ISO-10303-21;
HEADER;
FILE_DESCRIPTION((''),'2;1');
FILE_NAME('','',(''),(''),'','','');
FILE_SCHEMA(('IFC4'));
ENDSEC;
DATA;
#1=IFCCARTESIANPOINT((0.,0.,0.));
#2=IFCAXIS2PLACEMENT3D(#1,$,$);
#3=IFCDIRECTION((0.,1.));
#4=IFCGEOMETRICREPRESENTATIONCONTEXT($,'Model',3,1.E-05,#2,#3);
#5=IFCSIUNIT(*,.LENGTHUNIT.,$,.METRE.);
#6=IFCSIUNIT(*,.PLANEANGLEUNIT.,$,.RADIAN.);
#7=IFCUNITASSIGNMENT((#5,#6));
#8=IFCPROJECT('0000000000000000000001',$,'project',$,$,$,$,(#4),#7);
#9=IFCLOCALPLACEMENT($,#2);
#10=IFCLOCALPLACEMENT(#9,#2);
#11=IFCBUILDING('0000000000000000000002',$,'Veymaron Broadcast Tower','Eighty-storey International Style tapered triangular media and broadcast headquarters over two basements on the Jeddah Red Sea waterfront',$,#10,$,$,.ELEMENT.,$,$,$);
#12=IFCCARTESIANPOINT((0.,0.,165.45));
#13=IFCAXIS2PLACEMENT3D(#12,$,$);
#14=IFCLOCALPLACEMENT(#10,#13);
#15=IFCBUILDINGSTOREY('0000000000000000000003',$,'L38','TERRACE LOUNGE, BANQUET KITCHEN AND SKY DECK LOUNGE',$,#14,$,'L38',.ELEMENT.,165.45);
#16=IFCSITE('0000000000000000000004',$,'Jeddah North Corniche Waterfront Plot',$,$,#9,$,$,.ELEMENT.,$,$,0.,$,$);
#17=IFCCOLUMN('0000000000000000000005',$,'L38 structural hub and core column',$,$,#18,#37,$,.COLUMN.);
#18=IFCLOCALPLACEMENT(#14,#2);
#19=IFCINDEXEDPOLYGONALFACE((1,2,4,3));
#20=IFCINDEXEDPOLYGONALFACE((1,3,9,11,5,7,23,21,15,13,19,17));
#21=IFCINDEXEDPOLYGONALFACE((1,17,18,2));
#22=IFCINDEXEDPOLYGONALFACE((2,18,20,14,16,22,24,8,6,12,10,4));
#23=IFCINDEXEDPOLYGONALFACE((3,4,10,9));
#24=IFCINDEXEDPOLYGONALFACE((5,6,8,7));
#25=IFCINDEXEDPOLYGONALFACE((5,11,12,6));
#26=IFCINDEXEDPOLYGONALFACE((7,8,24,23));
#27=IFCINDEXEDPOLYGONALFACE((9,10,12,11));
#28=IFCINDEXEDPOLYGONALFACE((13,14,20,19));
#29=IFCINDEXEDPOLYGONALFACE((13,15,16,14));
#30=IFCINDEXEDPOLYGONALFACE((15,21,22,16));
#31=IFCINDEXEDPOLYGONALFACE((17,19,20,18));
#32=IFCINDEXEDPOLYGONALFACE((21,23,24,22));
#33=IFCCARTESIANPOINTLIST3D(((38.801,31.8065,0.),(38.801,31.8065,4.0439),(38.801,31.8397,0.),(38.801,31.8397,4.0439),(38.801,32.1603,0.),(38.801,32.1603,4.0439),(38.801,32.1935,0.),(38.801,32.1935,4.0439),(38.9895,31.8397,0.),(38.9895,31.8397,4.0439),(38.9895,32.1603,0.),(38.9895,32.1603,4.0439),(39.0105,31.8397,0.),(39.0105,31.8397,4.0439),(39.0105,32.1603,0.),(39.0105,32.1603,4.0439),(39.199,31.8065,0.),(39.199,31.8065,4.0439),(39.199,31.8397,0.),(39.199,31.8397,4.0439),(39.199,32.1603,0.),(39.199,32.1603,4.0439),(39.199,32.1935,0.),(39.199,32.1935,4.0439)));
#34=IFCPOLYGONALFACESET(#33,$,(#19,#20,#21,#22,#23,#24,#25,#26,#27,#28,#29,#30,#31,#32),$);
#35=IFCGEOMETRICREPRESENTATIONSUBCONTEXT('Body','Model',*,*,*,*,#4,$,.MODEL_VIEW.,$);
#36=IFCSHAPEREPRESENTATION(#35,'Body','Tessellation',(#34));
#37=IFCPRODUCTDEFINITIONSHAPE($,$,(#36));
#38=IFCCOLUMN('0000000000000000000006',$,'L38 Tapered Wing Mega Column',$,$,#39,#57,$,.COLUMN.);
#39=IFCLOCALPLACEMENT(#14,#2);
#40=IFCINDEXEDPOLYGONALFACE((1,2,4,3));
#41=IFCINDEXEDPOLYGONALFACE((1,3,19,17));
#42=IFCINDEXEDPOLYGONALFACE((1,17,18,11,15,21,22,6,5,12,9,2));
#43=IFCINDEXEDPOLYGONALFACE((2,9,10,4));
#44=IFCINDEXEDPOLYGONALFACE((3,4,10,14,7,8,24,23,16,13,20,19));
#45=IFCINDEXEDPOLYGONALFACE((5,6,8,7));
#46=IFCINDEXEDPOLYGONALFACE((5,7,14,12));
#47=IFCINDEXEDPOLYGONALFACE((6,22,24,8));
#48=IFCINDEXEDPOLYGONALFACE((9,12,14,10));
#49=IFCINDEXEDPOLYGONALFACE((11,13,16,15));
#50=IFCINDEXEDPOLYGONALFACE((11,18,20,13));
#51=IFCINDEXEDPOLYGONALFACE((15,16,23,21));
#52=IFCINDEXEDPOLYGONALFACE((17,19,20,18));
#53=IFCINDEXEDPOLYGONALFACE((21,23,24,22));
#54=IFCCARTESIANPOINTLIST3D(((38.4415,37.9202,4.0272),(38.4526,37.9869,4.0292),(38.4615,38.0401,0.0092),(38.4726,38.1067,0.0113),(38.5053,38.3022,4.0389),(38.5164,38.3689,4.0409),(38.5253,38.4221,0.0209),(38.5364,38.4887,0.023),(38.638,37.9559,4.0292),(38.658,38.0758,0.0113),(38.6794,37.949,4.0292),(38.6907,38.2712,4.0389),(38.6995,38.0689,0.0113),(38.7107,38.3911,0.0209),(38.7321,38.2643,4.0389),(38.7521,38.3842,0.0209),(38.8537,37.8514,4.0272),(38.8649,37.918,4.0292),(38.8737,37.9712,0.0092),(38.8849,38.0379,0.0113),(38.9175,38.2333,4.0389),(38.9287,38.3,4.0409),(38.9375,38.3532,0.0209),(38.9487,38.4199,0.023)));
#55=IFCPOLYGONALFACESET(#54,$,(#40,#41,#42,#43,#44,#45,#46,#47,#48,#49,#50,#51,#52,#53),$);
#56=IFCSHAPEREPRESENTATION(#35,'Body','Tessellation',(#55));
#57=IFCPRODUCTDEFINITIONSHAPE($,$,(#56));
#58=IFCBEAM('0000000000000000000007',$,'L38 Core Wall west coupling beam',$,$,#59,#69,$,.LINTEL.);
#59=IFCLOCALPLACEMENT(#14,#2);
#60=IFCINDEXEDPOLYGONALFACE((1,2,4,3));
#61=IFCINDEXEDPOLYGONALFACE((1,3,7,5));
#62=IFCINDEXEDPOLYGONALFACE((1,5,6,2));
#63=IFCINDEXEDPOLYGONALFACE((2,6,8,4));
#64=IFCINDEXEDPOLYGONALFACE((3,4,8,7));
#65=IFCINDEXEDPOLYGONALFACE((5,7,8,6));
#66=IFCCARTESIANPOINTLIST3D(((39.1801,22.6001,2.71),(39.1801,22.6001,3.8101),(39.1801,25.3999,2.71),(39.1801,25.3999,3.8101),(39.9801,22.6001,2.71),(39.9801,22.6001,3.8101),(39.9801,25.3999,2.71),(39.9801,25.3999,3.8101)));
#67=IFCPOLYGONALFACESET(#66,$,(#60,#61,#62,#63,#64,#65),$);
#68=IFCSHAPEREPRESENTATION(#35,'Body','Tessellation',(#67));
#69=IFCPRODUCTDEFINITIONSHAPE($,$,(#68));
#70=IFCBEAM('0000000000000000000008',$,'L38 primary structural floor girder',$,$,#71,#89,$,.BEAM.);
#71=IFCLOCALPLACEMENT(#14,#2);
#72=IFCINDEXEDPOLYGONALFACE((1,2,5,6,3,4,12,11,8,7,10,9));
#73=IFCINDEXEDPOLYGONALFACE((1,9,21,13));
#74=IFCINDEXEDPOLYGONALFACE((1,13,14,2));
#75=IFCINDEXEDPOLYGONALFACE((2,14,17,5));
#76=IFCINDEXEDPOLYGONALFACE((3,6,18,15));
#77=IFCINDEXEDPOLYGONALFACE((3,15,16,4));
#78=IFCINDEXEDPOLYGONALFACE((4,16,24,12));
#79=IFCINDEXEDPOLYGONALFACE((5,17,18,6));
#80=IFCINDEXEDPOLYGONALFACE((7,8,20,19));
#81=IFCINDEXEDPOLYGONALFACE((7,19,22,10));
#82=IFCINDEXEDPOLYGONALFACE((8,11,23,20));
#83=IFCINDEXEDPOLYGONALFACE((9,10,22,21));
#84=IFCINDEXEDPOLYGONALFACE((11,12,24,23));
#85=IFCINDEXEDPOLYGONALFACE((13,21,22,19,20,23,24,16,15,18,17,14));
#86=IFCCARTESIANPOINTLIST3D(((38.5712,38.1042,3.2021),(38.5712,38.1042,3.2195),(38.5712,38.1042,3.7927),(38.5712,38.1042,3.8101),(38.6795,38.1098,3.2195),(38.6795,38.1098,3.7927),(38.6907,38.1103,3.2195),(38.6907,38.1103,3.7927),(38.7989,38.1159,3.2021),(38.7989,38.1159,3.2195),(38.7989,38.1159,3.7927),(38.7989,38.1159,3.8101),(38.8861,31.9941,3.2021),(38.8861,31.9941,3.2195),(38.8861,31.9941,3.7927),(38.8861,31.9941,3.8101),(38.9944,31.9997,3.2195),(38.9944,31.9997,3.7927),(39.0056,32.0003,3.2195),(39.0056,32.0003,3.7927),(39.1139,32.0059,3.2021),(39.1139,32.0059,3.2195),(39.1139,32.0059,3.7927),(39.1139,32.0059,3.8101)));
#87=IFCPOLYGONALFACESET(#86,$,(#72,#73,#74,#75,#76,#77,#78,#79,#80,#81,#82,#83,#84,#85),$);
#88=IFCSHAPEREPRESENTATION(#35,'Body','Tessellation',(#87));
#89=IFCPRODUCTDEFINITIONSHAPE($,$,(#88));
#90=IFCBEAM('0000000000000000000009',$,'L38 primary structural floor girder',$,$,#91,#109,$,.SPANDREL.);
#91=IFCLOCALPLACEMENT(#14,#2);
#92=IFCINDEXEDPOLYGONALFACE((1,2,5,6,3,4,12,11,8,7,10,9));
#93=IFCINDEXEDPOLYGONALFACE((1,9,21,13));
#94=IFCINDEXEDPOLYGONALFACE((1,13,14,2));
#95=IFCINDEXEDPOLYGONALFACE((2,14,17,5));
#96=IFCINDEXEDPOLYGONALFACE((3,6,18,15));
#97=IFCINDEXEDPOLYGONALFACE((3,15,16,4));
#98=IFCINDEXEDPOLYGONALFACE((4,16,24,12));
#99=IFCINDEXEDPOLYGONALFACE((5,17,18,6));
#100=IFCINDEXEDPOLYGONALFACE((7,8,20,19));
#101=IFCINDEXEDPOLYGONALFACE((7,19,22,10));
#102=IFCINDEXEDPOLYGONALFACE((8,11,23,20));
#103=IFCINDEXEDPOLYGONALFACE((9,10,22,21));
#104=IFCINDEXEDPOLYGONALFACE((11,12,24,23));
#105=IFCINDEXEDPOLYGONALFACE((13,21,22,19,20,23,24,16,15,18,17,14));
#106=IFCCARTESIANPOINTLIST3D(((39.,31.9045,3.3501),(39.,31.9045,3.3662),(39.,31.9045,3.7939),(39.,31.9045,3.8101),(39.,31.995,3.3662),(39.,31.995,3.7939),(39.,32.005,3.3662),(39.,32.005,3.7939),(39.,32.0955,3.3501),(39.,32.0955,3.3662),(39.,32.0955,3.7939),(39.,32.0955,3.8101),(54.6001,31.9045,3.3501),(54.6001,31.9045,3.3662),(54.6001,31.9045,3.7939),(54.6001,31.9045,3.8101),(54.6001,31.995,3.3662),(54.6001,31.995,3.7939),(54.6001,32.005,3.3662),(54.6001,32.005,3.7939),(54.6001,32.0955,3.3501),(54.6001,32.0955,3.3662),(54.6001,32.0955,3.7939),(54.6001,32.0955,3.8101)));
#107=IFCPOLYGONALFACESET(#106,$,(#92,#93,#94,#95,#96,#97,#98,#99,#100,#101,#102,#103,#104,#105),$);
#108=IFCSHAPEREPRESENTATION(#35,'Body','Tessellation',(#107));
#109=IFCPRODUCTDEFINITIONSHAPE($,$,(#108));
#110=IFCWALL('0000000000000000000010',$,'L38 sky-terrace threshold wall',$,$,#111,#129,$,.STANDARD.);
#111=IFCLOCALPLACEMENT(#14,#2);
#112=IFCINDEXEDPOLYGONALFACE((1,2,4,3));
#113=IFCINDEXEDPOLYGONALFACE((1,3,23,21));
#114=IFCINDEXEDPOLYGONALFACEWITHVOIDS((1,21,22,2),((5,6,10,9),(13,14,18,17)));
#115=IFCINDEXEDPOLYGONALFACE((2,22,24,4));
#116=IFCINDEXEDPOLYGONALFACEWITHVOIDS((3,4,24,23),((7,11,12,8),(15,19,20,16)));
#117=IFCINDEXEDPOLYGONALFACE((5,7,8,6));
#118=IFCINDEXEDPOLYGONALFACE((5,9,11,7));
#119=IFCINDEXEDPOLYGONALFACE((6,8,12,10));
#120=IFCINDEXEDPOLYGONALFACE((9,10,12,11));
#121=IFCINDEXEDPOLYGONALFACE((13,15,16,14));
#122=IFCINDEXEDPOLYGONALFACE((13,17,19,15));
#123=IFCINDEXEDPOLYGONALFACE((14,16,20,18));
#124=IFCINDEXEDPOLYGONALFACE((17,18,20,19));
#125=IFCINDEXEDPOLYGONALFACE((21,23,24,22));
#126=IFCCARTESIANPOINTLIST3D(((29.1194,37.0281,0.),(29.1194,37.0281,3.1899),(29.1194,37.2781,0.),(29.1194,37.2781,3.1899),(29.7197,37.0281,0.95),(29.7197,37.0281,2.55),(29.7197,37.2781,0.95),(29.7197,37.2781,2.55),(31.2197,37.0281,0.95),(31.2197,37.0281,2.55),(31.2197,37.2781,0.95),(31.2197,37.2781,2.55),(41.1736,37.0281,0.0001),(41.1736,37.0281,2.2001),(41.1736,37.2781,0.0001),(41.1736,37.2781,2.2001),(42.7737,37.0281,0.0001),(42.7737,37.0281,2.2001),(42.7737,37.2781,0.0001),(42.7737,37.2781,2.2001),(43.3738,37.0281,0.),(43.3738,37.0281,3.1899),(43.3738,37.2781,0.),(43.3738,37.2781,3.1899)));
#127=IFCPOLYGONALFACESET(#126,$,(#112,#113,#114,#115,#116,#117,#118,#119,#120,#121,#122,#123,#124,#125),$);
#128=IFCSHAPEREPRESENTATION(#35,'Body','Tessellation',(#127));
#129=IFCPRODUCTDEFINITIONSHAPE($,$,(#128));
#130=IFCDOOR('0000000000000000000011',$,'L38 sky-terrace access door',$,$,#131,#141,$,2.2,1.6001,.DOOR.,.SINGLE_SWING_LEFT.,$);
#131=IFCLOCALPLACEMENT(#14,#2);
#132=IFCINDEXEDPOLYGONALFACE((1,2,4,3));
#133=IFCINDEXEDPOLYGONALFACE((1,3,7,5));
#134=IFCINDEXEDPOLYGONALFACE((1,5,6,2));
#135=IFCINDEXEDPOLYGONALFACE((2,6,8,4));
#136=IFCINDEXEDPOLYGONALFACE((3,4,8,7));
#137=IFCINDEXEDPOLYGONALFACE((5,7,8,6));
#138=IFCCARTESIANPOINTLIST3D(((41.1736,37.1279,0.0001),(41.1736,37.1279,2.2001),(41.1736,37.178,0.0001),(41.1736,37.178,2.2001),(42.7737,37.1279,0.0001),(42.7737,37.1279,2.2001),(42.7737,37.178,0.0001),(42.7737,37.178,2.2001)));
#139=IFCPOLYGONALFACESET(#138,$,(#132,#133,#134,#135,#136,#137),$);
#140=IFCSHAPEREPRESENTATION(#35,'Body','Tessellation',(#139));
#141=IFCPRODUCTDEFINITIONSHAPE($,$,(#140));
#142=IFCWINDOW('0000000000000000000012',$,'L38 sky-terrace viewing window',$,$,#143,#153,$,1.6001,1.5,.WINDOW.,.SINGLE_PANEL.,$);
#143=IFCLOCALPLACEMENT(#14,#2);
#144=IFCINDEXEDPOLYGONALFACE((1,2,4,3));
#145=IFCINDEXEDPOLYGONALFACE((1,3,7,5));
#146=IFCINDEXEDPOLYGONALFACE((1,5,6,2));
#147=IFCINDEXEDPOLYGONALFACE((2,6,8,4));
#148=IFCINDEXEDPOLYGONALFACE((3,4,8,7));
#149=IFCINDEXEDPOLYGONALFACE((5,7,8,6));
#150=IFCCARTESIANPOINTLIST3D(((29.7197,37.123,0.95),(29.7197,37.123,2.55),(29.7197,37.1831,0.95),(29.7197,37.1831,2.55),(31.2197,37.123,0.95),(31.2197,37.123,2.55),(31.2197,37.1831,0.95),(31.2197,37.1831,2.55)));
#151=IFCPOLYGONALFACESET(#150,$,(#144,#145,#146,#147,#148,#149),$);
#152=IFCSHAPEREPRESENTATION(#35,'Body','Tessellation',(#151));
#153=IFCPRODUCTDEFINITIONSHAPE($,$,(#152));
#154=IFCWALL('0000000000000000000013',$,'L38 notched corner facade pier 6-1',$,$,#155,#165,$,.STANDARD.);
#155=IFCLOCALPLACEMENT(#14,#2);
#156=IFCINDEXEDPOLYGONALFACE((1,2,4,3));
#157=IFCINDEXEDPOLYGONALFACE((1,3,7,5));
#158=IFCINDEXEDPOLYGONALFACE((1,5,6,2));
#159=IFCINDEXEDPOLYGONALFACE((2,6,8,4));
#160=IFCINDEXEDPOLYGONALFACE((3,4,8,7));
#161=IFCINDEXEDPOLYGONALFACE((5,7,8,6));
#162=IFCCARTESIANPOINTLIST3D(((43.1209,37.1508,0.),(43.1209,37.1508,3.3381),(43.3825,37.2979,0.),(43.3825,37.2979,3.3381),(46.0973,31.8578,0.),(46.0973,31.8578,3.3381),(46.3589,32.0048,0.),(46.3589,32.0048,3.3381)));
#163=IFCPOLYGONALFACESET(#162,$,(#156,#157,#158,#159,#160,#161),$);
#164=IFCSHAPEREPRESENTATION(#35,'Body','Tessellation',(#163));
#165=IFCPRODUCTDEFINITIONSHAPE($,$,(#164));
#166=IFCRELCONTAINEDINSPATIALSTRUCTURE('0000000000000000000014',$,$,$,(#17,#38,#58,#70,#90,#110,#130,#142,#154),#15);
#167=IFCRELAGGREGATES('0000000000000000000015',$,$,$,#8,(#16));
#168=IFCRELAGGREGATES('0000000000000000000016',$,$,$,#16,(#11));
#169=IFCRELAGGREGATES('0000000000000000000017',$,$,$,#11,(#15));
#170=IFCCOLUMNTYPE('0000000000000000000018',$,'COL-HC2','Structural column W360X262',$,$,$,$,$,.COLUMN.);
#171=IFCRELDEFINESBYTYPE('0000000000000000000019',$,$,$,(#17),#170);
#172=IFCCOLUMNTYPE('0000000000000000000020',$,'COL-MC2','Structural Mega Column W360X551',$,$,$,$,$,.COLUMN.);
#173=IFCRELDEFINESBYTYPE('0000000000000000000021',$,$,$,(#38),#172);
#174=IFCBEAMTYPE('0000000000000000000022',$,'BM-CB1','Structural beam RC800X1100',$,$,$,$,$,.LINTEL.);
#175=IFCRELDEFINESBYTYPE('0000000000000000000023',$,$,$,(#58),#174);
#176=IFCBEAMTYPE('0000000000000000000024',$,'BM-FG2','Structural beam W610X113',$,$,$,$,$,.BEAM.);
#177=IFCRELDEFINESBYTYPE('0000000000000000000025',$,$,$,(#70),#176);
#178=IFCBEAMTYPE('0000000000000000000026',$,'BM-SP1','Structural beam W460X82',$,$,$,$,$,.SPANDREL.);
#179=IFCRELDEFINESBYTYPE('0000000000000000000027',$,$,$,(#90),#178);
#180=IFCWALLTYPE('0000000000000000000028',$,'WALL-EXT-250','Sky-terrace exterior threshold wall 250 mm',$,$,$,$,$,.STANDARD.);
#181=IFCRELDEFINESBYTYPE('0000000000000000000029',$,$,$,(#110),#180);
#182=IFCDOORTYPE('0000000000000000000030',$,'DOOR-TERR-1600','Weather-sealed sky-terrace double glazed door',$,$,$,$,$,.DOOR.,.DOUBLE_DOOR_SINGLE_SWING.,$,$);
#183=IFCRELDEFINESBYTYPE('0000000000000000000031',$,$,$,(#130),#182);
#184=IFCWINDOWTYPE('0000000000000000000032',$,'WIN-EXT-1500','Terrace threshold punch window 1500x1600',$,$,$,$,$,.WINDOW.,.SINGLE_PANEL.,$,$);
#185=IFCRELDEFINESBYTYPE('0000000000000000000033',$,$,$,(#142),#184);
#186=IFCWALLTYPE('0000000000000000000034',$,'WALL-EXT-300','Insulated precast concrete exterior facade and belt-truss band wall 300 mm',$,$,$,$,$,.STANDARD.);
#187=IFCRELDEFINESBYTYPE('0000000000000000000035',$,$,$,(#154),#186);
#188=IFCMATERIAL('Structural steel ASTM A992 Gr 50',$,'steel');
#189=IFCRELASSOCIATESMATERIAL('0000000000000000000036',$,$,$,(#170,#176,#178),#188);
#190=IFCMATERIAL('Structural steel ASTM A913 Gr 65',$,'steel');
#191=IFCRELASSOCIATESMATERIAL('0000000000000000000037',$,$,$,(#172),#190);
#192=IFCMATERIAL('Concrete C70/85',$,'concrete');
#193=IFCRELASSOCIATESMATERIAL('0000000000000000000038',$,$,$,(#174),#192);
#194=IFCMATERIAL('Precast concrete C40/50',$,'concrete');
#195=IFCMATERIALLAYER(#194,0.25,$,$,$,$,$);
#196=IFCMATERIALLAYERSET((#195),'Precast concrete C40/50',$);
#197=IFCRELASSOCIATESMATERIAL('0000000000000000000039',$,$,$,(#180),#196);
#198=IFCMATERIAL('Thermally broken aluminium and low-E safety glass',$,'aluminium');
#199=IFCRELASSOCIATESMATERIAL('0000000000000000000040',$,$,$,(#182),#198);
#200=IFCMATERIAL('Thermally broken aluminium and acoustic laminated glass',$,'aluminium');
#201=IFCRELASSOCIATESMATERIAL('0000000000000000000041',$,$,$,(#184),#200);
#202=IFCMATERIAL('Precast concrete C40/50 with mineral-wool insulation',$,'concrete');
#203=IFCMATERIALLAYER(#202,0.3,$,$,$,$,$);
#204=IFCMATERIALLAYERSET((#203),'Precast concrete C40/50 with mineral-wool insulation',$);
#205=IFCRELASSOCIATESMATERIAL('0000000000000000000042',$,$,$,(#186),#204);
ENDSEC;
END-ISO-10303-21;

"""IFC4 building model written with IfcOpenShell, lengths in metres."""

from ifc_helpers import new_model, si_unit, direction, frame, frame_2d, origin, origin_2d, place, context, subcontext, project, spatial, rectangle, i_section, extrude, material, layer, layer_set, material_profile, profile_set, type_object, element, fill, save


model = new_model("IFC4")

# Units and contexts
model_context = context("Model", 3, precision=1e-05, world=origin(), true_north=direction((0.0, 1.0)))
body_context = subcontext(model_context, "Body", "Model", "MODEL_VIEW")
ifc_project = project(units=[si_unit("LENGTHUNIT", "METRE"), si_unit("PLANEANGLEUNIT", "RADIAN")], contexts=[model_context])

# Site, building, storey
site_placement = place(None, origin())
site = spatial("IfcSite", under=ifc_project, at=site_placement, Name="Jeddah North Corniche Waterfront Plot", CompositionType="ELEMENT", RefElevation=0.0)
building_placement = place(site_placement, origin())
building = spatial("IfcBuilding", under=site, at=building_placement, Name="Veymaron Broadcast Tower", Description="Eighty-storey International Style tapered triangular media and broadcast headquarters over two basements on the Jeddah Red Sea waterfront", CompositionType="ELEMENT")
storey_placement = place(building_placement, frame((0.0, 0.0, 165.45)))
storey = spatial("IfcBuildingStorey", under=building, at=storey_placement, Name="L38", Description="TERRACE LOUNGE, BANQUET KITCHEN AND SKY DECK LOUNGE", LongName="L38", CompositionType="ELEMENT", Elevation=165.45)

# Columns
ifc_material_1 = material(Name="Structural steel ASTM A992 Gr 50", Category="steel")
ifc_material_profile_1 = material_profile(ifc_material_1, i_section(OverallWidth=0.3979, OverallDepth=0.387, WebThickness=0.021, FlangeThickness=0.0332, at=origin_2d()), Name="W360X262")
ifc_profile_set_1 = profile_set([ifc_material_profile_1], Name="Structural steel ASTM A992 Gr 50")
column_type_1 = type_object("IfcColumnType", Name="COL-HC2", Description="Structural column W360X262", PredefinedType="COLUMN", material=ifc_profile_set_1)
column_1_placement = place(storey_placement, frame((39.0, 32.0, 0.0), z_axis=(0.0, 0.0, 1.0), x_axis=(1.0, 0.0, 0.0)))
element("IfcColumn", 1, at=column_1_placement, inside=storey, type_object=column_type_1, Name="L38 structural hub and core column", PredefinedType="COLUMN", context=body_context, shape_type="SweptSolid", body=[
    extrude(i_section(OverallWidth=0.3979, OverallDepth=0.387, WebThickness=0.021, FlangeThickness=0.0332, at=origin_2d()), origin(), (0.0, 0.0, 1.0), 4.0439),
])
ifc_material_2 = material(Name="Structural steel ASTM A913 Gr 65", Category="steel")
ifc_material_profile_2 = material_profile(ifc_material_2, i_section(OverallWidth=0.418, OverallDepth=0.4551, WebThickness=0.042, FlangeThickness=0.0676, at=origin_2d()), Name="W360X551")
ifc_profile_set_2 = profile_set([ifc_material_profile_2], Name="Structural steel ASTM A913 Gr 65")
column_type_2 = type_object("IfcColumnType", Name="COL-MC2", Description="Structural Mega Column W360X551", PredefinedType="COLUMN", material=ifc_profile_set_2)
column_2_placement = place(storey_placement, frame((38.7051, 38.23, 0.0161), z_axis=(-0.00498, -0.029822, 0.999543), x_axis=(0.98634, -0.164725, 0.0)))
element("IfcColumn", 2, at=column_2_placement, inside=storey, type_object=column_type_2, Name="L38 Tapered Wing Mega Column", PredefinedType="COLUMN", context=body_context, shape_type="SweptSolid", body=[
    extrude(i_section(OverallWidth=0.418, OverallDepth=0.4551, WebThickness=0.042, FlangeThickness=0.0676, at=origin_2d()), origin(), (0.0, 0.0, 1.0), 4.0198),
])

# Beams
ifc_material_3 = material(Name="Concrete C70/85", Category="concrete")
ifc_material_profile_3 = material_profile(ifc_material_3, rectangle(XDim=0.8, YDim=1.1001, at=origin_2d()), Name="RC800X1100")
ifc_profile_set_3 = profile_set([ifc_material_profile_3], Name="Concrete C70/85")
beam_type_1 = type_object("IfcBeamType", Name="BM-CB1", Description="Structural beam RC800X1100", PredefinedType="LINTEL", material=ifc_profile_set_3)
beam_1_placement = place(storey_placement, frame((39.5801, 22.6001, 3.26), z_axis=(0.0, 1.0, 0.0), x_axis=(-1.0, 0.0, 0.0)))
element("IfcBeam", 3, at=beam_1_placement, inside=storey, type_object=beam_type_1, Name="L38 Core Wall west coupling beam", PredefinedType="LINTEL", context=body_context, shape_type="SweptSolid", body=[
    extrude(rectangle(XDim=0.8, YDim=1.1001, at=origin_2d()), origin(), (0.0, 0.0, 1.0), 2.7998),
])
ifc_material_profile_4 = material_profile(ifc_material_1, i_section(OverallWidth=0.228, OverallDepth=0.6079, WebThickness=0.0112, FlangeThickness=0.0173, at=origin_2d()), Name="W610X113")
ifc_profile_set_4 = profile_set([ifc_material_profile_4], Name="Structural steel ASTM A992 Gr 50")
beam_type_2 = type_object("IfcBeamType", Name="BM-FG2", Description="Structural beam W610X113", PredefinedType="BEAM", material=ifc_profile_set_4)
beam_2_placement = place(storey_placement, frame((39.0, 32.0, 3.5061), z_axis=(-0.051476, 0.998674, 0.0), x_axis=(-0.998674, -0.051476, 0.0)))
element("IfcBeam", 4, at=beam_2_placement, inside=storey, type_object=beam_type_2, Name="L38 primary structural floor girder", PredefinedType="BEAM", context=body_context, shape_type="SweptSolid", body=[
    extrude(i_section(OverallWidth=0.228, OverallDepth=0.6079, WebThickness=0.0112, FlangeThickness=0.0173, at=origin_2d()), origin(), (0.0, 0.0, 1.0), 6.1182),
])
ifc_material_profile_5 = material_profile(ifc_material_1, i_section(OverallWidth=0.1909, OverallDepth=0.46, WebThickness=0.01, FlangeThickness=0.0161, at=origin_2d()), Name="W460X82")
ifc_profile_set_5 = profile_set([ifc_material_profile_5], Name="Structural steel ASTM A992 Gr 50")
beam_type_3 = type_object("IfcBeamType", Name="BM-SP1", Description="Structural beam W460X82", PredefinedType="SPANDREL", material=ifc_profile_set_5)
beam_3_placement = place(storey_placement, frame((39.0, 32.0, 3.5801), z_axis=(1.0, 0.0, 0.0), x_axis=(0.0, 1.0, 0.0)))
element("IfcBeam", 5, at=beam_3_placement, inside=storey, type_object=beam_type_3, Name="L38 primary structural floor girder", PredefinedType="SPANDREL", context=body_context, shape_type="SweptSolid", body=[
    extrude(i_section(OverallWidth=0.1909, OverallDepth=0.46, WebThickness=0.01, FlangeThickness=0.0161, at=origin_2d()), origin(), (0.0, 0.0, 1.0), 15.6001),
])

# Wall, openings, door, window
ifc_material_4 = material(Name="Precast concrete C40/50", Category="concrete")
ifc_layer_1 = layer(ifc_material_4, 0.25)
ifc_layer_set_1 = layer_set([ifc_layer_1], Name="Precast concrete C40/50")
wall_type_1 = type_object("IfcWallType", Name="WALL-EXT-250", Description="Sky-terrace exterior threshold wall 250 mm", PredefinedType="STANDARD", material=ifc_layer_set_1)
wall_1_placement = place(storey_placement, frame((43.3738, 37.1531, 0.0), z_axis=(0.0, 0.0, 1.0), x_axis=(-1.0, 0.0, 0.0)))
wall_1 = element("IfcWall", 6, at=wall_1_placement, inside=storey, type_object=wall_type_1, Name="L38 sky-terrace threshold wall", PredefinedType="STANDARD", context=body_context, shape_type="SweptSolid", body=[
    extrude(rectangle(XDim=14.2544, YDim=0.25, at=frame_2d((7.1272, 0.0))), origin(), (0.0, 0.0, 1.0), 3.1899),
])
opening_1_placement = place(wall_1_placement, frame((0.6001, 0.0, 0.0)))
opening_1 = element("IfcOpeningElement", 7, at=opening_1_placement, cuts=wall_1, PredefinedType="OPENING", context=body_context, shape_type="SweptSolid", body=[
    extrude(rectangle(XDim=1.6001, YDim=2.2, at=frame_2d((0.8, 1.1001))), frame((0.0, 0.135, 0.0), z_axis=(0.0, -1.0, 0.0), x_axis=(1.0, 0.0, 0.0)), (0.0, 0.0, 1.0), 0.27),
])
opening_2_placement = place(wall_1_placement, frame((12.1541, 0.0, 0.95)))
opening_2 = element("IfcOpeningElement", 8, at=opening_2_placement, cuts=wall_1, PredefinedType="OPENING", context=body_context, shape_type="SweptSolid", body=[
    extrude(rectangle(XDim=1.5, YDim=1.6001, at=frame_2d((0.75, 0.8))), frame((0.0, 0.135, 0.0), z_axis=(0.0, -1.0, 0.0), x_axis=(1.0, 0.0, 0.0)), (0.0, 0.0, 1.0), 0.27),
])
ifc_material_5 = material(Name="Thermally broken aluminium and low-E safety glass", Category="aluminium")
door_type_1 = type_object("IfcDoorType", Name="DOOR-TERR-1600", Description="Weather-sealed sky-terrace double glazed door", OperationType="DOUBLE_DOOR_SINGLE_SWING", PredefinedType="DOOR", material=ifc_material_5)
door_1_placement = place(opening_1_placement, frame((1.6001, 0.0, 0.0), z_axis=(0.0, 0.0, 1.0), x_axis=(-1.0, 0.0, 0.0)))
door_1 = element("IfcDoor", 9, at=door_1_placement, inside=storey, type_object=door_type_1, Name="L38 sky-terrace access door", OperationType="SINGLE_SWING_LEFT", OverallHeight=2.2, OverallWidth=1.6001, PredefinedType="DOOR", context=body_context, shape_type="SweptSolid", body=[
    extrude(rectangle(XDim=1.6001, YDim=2.2, at=frame_2d((0.8, 1.1001))), frame((0.0, 0.0249, 0.0), z_axis=(0.0, -1.0, 0.0), x_axis=(1.0, 0.0, 0.0)), (0.0, 0.0, 1.0), 0.05),
])
fill(opening_1, door_1)
ifc_material_6 = material(Name="Thermally broken aluminium and acoustic laminated glass", Category="aluminium")
window_type = type_object("IfcWindowType", Name="WIN-EXT-1500", Description="Terrace threshold punch window 1500x1600", PartitioningType="SINGLE_PANEL", PredefinedType="WINDOW", material=ifc_material_6)
window_placement = place(opening_2_placement, origin())
window = element("IfcWindow", 10, at=window_placement, inside=storey, type_object=window_type, Name="L38 sky-terrace viewing window", OverallHeight=1.6001, OverallWidth=1.5, PartitioningType="SINGLE_PANEL", PredefinedType="WINDOW", context=body_context, shape_type="SweptSolid", body=[
    extrude(rectangle(XDim=1.5, YDim=1.6001, at=frame_2d((0.75, 0.8))), frame((0.0, 0.03, 0.0), z_axis=(0.0, -1.0, 0.0), x_axis=(1.0, 0.0, 0.0)), (0.0, 0.0, 1.0), 0.0601),
])
fill(opening_2, window)

# Wall
ifc_material_7 = material(Name="Precast concrete C40/50 with mineral-wool insulation", Category="concrete")
ifc_layer_2 = layer(ifc_material_7, 0.3)
ifc_layer_set_2 = layer_set([ifc_layer_2], Name="Precast concrete C40/50 with mineral-wool insulation")
wall_type_2 = type_object("IfcWallType", Name="WALL-EXT-300", Description="Insulated precast concrete exterior facade and belt-truss band wall 300 mm", PredefinedType="STANDARD", material=ifc_layer_set_2)
wall_2_placement = place(storey_placement, frame((46.228, 31.9314, 0.0), z_axis=(0.0, 0.0, 1.0), x_axis=(-0.490139, 0.871644, 0.0)))
element("IfcWall", 11, at=wall_2_placement, inside=storey, type_object=wall_type_2, Name="L38 notched corner facade pier 6-1", PredefinedType="STANDARD", context=body_context, shape_type="SweptSolid", body=[
    extrude(rectangle(XDim=6.0725, YDim=0.3, at=frame_2d((3.0361, 0.0))), origin(), (0.0, 0.0, 1.0), 3.3381),
])

save(model, "model.ifc")
